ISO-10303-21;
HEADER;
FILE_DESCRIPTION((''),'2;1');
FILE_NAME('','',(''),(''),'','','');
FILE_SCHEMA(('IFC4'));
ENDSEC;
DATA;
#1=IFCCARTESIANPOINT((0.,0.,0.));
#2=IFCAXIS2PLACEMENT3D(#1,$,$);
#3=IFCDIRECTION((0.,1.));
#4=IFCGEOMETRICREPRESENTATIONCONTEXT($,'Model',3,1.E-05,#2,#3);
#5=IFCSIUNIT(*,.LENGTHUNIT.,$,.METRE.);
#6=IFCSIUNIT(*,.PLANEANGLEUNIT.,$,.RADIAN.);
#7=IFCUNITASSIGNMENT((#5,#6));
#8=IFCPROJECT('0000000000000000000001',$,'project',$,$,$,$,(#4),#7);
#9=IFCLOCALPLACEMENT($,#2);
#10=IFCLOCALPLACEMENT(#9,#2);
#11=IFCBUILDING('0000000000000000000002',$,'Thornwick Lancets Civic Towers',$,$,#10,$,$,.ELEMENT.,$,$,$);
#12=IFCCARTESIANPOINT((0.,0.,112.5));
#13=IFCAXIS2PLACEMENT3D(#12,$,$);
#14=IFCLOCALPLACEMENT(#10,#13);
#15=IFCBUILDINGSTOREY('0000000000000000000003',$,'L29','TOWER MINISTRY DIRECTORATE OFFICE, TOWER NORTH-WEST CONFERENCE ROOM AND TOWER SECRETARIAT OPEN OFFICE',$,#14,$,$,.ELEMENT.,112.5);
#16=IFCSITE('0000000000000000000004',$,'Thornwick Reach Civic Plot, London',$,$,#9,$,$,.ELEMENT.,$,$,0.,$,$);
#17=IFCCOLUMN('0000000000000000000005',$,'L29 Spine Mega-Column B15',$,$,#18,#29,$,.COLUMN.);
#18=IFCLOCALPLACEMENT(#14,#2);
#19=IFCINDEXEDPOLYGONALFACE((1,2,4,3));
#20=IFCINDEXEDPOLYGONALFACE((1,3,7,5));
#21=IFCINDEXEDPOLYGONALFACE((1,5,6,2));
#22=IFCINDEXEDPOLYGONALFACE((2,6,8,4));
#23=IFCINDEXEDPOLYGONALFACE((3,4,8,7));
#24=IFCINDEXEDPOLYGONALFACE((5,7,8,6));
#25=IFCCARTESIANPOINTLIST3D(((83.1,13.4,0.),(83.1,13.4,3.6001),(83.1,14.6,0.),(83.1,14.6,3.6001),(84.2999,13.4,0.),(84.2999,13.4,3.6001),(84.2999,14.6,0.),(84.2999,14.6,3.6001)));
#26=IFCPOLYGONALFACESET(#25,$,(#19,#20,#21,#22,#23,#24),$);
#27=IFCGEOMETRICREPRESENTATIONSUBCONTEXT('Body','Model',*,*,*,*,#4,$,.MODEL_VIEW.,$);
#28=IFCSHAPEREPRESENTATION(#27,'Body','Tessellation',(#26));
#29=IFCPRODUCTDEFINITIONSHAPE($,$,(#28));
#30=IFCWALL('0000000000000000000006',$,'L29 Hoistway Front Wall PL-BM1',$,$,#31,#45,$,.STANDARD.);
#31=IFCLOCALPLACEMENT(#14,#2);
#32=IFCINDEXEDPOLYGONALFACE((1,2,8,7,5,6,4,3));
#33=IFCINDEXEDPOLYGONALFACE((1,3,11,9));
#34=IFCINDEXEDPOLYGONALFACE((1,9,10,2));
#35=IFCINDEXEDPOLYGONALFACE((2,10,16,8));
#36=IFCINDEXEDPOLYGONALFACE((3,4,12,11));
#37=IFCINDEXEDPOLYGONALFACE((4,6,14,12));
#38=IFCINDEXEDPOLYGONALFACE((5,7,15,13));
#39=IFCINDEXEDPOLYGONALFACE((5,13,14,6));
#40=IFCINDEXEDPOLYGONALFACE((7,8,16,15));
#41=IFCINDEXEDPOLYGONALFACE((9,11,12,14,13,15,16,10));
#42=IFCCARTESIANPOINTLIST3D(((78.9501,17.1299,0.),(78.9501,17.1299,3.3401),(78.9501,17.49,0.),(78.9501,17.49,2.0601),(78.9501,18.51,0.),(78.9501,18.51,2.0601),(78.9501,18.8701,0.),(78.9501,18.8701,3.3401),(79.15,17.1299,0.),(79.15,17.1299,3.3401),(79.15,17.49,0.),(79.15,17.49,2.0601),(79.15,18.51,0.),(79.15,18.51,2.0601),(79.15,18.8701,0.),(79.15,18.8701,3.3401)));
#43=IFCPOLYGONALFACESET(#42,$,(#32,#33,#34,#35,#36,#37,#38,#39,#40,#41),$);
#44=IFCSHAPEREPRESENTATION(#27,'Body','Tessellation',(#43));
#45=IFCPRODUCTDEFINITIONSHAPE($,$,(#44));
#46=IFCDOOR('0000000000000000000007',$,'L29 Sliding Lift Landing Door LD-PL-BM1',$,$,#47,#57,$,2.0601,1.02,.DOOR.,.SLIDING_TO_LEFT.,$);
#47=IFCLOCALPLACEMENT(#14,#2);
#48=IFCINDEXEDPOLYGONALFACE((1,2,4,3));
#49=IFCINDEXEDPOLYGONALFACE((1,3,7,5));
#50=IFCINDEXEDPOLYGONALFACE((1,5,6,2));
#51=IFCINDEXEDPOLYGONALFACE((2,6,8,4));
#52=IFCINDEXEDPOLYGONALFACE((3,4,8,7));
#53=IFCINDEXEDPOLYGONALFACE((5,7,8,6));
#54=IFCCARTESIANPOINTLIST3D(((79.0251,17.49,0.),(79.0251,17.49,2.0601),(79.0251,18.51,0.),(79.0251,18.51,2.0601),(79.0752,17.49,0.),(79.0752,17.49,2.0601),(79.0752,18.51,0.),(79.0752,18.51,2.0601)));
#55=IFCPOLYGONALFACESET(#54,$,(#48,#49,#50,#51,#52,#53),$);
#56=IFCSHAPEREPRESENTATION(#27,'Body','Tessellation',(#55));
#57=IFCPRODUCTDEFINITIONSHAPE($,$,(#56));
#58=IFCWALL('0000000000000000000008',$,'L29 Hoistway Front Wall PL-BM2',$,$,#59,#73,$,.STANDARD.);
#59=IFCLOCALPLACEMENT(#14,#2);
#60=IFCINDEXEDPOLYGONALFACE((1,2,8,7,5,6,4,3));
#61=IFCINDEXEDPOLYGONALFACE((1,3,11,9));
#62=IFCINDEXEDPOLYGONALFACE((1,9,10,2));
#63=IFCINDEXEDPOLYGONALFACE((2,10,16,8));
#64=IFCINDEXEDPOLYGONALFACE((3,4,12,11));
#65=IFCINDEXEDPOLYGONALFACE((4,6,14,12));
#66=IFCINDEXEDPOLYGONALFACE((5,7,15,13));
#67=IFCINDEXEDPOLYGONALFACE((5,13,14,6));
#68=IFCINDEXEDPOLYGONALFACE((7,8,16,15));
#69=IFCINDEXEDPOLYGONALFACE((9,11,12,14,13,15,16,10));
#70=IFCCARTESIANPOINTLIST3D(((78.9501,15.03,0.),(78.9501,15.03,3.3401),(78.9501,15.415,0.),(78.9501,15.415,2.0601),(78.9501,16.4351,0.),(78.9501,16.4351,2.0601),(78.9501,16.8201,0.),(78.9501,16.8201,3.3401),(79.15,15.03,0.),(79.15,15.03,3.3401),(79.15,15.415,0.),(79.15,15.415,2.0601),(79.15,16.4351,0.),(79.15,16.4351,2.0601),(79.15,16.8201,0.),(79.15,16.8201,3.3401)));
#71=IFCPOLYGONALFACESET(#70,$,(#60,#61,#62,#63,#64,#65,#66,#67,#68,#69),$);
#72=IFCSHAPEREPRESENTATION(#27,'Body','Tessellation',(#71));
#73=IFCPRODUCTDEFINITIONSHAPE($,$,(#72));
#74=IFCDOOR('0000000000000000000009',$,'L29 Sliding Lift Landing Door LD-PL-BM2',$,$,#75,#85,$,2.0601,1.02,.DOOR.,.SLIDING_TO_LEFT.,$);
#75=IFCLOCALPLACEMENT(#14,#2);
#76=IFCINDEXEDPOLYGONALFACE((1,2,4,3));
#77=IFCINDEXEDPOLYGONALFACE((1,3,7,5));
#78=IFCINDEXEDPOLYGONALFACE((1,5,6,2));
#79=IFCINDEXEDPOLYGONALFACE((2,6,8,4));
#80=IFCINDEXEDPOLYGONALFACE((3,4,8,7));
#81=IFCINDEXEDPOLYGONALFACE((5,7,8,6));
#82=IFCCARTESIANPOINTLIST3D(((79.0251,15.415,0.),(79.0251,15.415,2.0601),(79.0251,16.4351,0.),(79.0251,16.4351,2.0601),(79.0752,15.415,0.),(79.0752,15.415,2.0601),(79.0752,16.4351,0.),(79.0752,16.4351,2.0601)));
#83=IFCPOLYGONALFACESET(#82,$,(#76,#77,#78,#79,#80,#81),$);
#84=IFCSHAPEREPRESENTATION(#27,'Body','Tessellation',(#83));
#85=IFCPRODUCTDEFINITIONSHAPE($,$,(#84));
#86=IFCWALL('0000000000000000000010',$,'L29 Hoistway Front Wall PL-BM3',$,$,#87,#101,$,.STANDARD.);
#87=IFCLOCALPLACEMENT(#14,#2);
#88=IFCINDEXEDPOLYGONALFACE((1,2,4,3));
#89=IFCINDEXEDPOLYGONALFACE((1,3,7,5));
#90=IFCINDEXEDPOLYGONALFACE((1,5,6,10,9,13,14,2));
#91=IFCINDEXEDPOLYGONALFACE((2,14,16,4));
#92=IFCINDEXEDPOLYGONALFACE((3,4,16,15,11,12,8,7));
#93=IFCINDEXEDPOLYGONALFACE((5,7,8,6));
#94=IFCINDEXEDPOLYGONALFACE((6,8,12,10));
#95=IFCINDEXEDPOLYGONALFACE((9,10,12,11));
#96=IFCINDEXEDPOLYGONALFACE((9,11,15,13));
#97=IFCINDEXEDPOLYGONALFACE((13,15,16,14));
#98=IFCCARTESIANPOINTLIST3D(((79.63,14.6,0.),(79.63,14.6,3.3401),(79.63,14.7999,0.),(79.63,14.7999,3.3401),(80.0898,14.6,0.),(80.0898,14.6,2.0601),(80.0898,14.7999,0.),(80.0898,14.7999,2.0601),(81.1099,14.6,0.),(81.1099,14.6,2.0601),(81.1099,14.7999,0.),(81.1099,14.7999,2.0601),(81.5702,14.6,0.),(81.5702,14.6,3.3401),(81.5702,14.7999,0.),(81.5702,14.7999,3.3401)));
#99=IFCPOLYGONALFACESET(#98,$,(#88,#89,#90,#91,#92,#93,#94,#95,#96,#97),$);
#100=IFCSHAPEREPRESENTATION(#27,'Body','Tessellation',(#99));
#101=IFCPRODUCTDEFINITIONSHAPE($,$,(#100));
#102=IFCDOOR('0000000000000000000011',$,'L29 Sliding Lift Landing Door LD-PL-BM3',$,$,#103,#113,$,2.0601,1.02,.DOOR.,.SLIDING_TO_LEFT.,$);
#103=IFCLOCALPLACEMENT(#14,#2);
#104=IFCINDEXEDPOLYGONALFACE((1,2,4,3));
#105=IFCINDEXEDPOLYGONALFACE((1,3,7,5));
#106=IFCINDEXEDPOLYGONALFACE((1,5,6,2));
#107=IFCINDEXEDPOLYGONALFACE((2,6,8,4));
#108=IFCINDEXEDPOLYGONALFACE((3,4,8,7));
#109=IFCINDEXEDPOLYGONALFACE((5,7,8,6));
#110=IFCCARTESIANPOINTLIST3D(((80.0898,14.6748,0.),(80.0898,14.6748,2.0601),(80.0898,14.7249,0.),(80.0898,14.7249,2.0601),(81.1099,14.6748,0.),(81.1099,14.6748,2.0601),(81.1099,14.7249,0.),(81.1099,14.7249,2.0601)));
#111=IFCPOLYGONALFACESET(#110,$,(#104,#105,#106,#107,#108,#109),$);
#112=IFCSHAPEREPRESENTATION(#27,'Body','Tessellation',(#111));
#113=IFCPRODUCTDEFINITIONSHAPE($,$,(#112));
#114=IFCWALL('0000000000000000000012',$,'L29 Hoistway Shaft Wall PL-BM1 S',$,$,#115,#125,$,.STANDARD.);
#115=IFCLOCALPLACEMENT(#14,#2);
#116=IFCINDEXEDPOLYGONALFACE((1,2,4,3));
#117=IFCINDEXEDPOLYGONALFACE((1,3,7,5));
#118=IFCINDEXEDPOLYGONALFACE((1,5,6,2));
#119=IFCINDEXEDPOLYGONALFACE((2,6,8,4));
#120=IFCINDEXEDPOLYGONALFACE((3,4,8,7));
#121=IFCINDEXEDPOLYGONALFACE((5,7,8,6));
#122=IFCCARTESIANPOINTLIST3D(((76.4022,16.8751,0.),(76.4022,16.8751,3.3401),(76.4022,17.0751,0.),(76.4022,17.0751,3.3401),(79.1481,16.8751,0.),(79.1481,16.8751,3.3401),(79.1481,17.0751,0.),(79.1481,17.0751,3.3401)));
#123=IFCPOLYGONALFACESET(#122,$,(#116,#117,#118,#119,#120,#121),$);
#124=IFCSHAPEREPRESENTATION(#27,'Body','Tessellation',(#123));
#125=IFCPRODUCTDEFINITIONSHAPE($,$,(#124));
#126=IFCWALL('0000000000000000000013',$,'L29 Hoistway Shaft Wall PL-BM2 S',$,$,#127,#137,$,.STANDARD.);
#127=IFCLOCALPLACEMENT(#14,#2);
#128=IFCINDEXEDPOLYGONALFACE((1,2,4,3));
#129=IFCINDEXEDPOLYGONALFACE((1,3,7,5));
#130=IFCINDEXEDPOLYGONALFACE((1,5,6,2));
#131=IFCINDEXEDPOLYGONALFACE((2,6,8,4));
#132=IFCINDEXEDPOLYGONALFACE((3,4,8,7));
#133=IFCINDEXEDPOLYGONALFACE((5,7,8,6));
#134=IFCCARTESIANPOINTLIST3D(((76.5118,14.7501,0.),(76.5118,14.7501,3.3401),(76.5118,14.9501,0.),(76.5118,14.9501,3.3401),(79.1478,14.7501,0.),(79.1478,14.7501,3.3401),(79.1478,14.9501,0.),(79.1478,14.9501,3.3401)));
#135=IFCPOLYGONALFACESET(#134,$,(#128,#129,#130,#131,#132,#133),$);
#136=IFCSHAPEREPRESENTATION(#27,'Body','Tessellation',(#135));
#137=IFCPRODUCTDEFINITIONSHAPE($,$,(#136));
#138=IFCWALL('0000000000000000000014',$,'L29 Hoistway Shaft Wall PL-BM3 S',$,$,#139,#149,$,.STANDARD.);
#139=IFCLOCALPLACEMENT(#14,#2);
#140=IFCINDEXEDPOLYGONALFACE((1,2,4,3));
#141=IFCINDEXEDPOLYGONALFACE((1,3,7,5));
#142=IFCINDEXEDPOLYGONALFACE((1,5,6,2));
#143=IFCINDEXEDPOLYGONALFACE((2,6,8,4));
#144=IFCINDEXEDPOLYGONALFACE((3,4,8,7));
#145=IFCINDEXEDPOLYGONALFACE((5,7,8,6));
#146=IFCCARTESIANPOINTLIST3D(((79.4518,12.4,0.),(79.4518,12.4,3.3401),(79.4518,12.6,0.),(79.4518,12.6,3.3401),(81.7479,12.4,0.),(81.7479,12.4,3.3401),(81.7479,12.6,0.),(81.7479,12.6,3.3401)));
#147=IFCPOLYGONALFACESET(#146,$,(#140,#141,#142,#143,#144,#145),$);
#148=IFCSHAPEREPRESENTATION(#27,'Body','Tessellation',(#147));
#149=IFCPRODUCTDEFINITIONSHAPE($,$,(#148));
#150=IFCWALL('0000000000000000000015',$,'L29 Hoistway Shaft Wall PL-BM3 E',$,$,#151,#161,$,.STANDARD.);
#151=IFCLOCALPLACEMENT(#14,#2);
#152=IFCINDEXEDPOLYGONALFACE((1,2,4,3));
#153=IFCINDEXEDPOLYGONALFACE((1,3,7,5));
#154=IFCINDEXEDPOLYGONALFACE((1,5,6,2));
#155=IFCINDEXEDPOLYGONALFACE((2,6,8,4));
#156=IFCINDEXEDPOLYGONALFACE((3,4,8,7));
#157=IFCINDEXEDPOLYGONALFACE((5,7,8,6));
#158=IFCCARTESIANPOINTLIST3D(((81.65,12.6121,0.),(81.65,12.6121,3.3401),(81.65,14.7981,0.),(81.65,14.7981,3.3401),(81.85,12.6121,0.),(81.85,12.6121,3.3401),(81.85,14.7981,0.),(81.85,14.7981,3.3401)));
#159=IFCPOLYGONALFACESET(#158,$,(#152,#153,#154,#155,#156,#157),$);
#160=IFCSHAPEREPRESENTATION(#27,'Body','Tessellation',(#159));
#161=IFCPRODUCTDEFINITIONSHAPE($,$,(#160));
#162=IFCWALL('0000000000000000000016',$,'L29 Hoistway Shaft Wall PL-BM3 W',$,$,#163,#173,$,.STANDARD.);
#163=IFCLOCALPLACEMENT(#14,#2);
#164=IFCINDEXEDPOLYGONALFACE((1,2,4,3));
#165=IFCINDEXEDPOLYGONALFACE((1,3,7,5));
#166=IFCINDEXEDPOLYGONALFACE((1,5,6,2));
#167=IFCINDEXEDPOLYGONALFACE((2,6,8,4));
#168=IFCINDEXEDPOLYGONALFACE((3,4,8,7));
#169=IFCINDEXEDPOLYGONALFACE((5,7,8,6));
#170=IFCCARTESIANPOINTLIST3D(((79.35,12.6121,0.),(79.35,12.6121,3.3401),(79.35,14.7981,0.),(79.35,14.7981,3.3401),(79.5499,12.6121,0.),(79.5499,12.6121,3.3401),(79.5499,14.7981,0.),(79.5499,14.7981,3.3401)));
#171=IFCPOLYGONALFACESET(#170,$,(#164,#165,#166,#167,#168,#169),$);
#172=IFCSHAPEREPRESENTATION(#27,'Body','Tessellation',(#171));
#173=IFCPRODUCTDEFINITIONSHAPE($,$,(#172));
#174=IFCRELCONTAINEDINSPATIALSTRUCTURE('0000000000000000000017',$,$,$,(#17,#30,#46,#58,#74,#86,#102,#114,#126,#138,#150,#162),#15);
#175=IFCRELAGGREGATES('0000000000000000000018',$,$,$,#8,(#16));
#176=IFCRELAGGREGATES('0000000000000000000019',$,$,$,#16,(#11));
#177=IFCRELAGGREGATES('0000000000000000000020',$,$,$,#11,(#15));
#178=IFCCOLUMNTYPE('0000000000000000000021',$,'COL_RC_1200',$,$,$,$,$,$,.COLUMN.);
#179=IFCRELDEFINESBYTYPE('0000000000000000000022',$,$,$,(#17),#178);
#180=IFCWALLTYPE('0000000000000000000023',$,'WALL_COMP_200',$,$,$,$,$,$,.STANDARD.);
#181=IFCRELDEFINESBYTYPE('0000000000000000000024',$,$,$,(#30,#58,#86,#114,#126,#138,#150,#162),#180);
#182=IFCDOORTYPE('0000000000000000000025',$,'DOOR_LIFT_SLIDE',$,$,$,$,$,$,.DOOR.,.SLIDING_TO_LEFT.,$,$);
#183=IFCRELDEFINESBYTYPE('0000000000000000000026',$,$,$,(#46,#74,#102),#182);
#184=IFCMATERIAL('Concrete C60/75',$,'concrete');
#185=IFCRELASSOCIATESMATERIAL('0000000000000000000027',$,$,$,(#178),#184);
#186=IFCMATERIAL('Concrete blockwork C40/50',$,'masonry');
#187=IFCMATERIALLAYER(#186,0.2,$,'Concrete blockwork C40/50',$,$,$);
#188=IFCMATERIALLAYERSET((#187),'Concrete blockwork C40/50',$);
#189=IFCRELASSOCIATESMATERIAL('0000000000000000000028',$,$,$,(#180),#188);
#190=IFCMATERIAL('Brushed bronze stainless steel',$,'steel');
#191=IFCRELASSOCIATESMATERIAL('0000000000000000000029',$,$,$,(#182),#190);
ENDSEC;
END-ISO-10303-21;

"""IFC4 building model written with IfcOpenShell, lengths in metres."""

from ifc_helpers import new_model, si_unit, direction, frame, frame_2d, origin, origin_2d, place, context, subcontext, project, spatial, rectangle, extrude, material, layer, layer_set, material_profile, profile_set, type_object, element, fill, save


model = new_model("IFC4")

# Units and contexts
model_context = context("Model", 3, precision=1e-05, world=origin(), true_north=direction((0.0, 1.0)))
body_context = subcontext(model_context, "Body", "Model", "MODEL_VIEW")
ifc_project = project(units=[si_unit("LENGTHUNIT", "METRE"), si_unit("PLANEANGLEUNIT", "RADIAN")], contexts=[model_context])

# Site, building, storey
site_placement = place(None, origin())
site = spatial("IfcSite", under=ifc_project, at=site_placement, Name="Thornwick Reach Civic Plot, London", CompositionType="ELEMENT", RefElevation=0.0)
building_placement = place(site_placement, origin())
building = spatial("IfcBuilding", under=site, at=building_placement, Name="Thornwick Lancets Civic Towers", CompositionType="ELEMENT")
storey_placement = place(building_placement, frame((0.0, 0.0, 112.5)))
storey = spatial("IfcBuildingStorey", under=building, at=storey_placement, Name="L29", Description="TOWER MINISTRY DIRECTORATE OFFICE, TOWER NORTH-WEST CONFERENCE ROOM AND TOWER SECRETARIAT OPEN OFFICE", CompositionType="ELEMENT", Elevation=112.5)

# Column
ifc_material_1 = material(Name="Concrete C60/75", Category="concrete")
ifc_material_profile = material_profile(ifc_material_1, rectangle(XDim=1.2, YDim=1.2, at=origin_2d()), Name="RC 1200x1200")
ifc_profile_set = profile_set([ifc_material_profile], Name="Concrete C60/75")
column_type = type_object("IfcColumnType", Name="COL_RC_1200", PredefinedType="COLUMN", material=ifc_profile_set)
column_placement = place(storey_placement, frame((83.7, 14.0, 0.0), z_axis=(0.0, 0.0, 1.0), x_axis=(1.0, 0.0, 0.0)))
element("IfcColumn", 1, at=column_placement, inside=storey, type_object=column_type, Name="L29 Spine Mega-Column B15", PredefinedType="COLUMN", context=body_context, shape_type="SweptSolid", body=[
    extrude(rectangle(XDim=1.2, YDim=1.2, at=origin_2d()), origin(), (0.0, 0.0, 1.0), 3.6001),
])

# Walls, openings, doors
ifc_material_2 = material(Name="Concrete blockwork C40/50", Category="masonry")
ifc_layer_1 = layer(ifc_material_2, 0.2, Name="Concrete blockwork C40/50")
ifc_layer_set_1 = layer_set([ifc_layer_1], Name="Concrete blockwork C40/50")
wall_type_1 = type_object("IfcWallType", Name="WALL_COMP_200", PredefinedType="STANDARD", material=ifc_layer_set_1)
wall_1_placement = place(storey_placement, frame((79.05, 17.1299, 0.0), z_axis=(0.0, 0.0, 1.0), x_axis=(0.0, 1.0, 0.0)))
wall_1 = element("IfcWall", 2, at=wall_1_placement, inside=storey, type_object=wall_type_1, Name="L29 Hoistway Front Wall PL-BM1", PredefinedType="STANDARD", context=body_context, shape_type="SweptSolid", body=[
    extrude(rectangle(XDim=1.7402, YDim=0.2, at=frame_2d((0.8701, 0.0))), origin(), (0.0, 0.0, 1.0), 3.3401),
])
opening_1_placement = place(wall_1_placement, frame((0.3601, 0.0, 0.0)))
opening_1 = element("IfcOpeningElement", 3, at=opening_1_placement, cuts=wall_1, PredefinedType="OPENING", context=body_context, shape_type="SweptSolid", body=[
    extrude(rectangle(XDim=1.02, YDim=2.0601, at=frame_2d((0.51, 1.03))), frame((0.0, 0.1099, 0.0), z_axis=(0.0, -1.0, 0.0), x_axis=(1.0, 0.0, 0.0)), (0.0, 0.0, 1.0), 0.22),
])
ifc_material_3 = material(Name="Brushed bronze stainless steel", Category="steel")
door_type_1 = type_object("IfcDoorType", Name="DOOR_LIFT_SLIDE", OperationType="SLIDING_TO_LEFT", PredefinedType="DOOR", material=ifc_material_3)
door_1_placement = place(opening_1_placement, origin())
door_1 = element("IfcDoor", 4, at=door_1_placement, inside=storey, type_object=door_type_1, Name="L29 Sliding Lift Landing Door LD-PL-BM1", OperationType="SLIDING_TO_LEFT", OverallHeight=2.0601, OverallWidth=1.02, PredefinedType="DOOR", context=body_context, shape_type="SweptSolid", body=[
    extrude(rectangle(XDim=1.02, YDim=2.0601, at=frame_2d((0.51, 1.03))), frame((0.0, 0.0249, 0.0), z_axis=(0.0, -1.0, 0.0), x_axis=(1.0, 0.0, 0.0)), (0.0, 0.0, 1.0), 0.05),
])
fill(opening_1, door_1)
wall_2_placement = place(storey_placement, frame((79.05, 15.03, 0.0), z_axis=(0.0, 0.0, 1.0), x_axis=(0.0, 1.0, 0.0)))
wall_2 = element("IfcWall", 5, at=wall_2_placement, inside=storey, type_object=wall_type_1, Name="L29 Hoistway Front Wall PL-BM2", PredefinedType="STANDARD", context=body_context, shape_type="SweptSolid", body=[
    extrude(rectangle(XDim=1.79, YDim=0.2, at=frame_2d((0.895, 0.0))), origin(), (0.0, 0.0, 1.0), 3.3401),
])
opening_2_placement = place(wall_2_placement, frame((0.385, 0.0, 0.0)))
opening_2 = element("IfcOpeningElement", 6, at=opening_2_placement, cuts=wall_2, PredefinedType="OPENING", context=body_context, shape_type="SweptSolid", body=[
    extrude(rectangle(XDim=1.02, YDim=2.0601, at=frame_2d((0.51, 1.03))), frame((0.0, 0.1099, 0.0), z_axis=(0.0, -1.0, 0.0), x_axis=(1.0, 0.0, 0.0)), (0.0, 0.0, 1.0), 0.22),
])
door_2_placement = place(opening_2_placement, origin())
door_2 = element("IfcDoor", 7, at=door_2_placement, inside=storey, type_object=door_type_1, Name="L29 Sliding Lift Landing Door LD-PL-BM2", OperationType="SLIDING_TO_LEFT", OverallHeight=2.0601, OverallWidth=1.02, PredefinedType="DOOR", context=body_context, shape_type="SweptSolid", body=[
    extrude(rectangle(XDim=1.02, YDim=2.0601, at=frame_2d((0.51, 1.03))), frame((0.0, 0.0249, 0.0), z_axis=(0.0, -1.0, 0.0), x_axis=(1.0, 0.0, 0.0)), (0.0, 0.0, 1.0), 0.05),
])
fill(opening_2, door_2)
wall_3_placement = place(storey_placement, frame((79.6299, 14.7, 0.0), z_axis=(0.0, 0.0, 1.0), x_axis=(1.0, 0.0, 0.0)))
wall_3 = element("IfcWall", 8, at=wall_3_placement, inside=storey, type_object=wall_type_1, Name="L29 Hoistway Front Wall PL-BM3", PredefinedType="STANDARD", context=body_context, shape_type="SweptSolid", body=[
    extrude(rectangle(XDim=1.9402, YDim=0.2, at=frame_2d((0.9702, 0.0))), origin(), (0.0, 0.0, 1.0), 3.3401),
])
opening_3_placement = place(wall_3_placement, frame((0.46, 0.0, 0.0)))
opening_3 = element("IfcOpeningElement", 9, at=opening_3_placement, cuts=wall_3, PredefinedType="OPENING", context=body_context, shape_type="SweptSolid", body=[
    extrude(rectangle(XDim=1.02, YDim=2.0601, at=frame_2d((0.51, 1.03))), frame((0.0, 0.1099, 0.0), z_axis=(0.0, -1.0, 0.0), x_axis=(1.0, 0.0, 0.0)), (0.0, 0.0, 1.0), 0.22),
])
door_3_placement = place(opening_3_placement, origin())
door_3 = element("IfcDoor", 10, at=door_3_placement, inside=storey, type_object=door_type_1, Name="L29 Sliding Lift Landing Door LD-PL-BM3", OperationType="SLIDING_TO_LEFT", OverallHeight=2.0601, OverallWidth=1.02, PredefinedType="DOOR", context=body_context, shape_type="SweptSolid", body=[
    extrude(rectangle(XDim=1.02, YDim=2.0601, at=frame_2d((0.51, 1.03))), frame((0.0, 0.0249, 0.0), z_axis=(0.0, -1.0, 0.0), x_axis=(1.0, 0.0, 0.0)), (0.0, 0.0, 1.0), 0.05),
])
fill(opening_3, door_3)

# Walls
wall_4_placement = place(storey_placement, frame((76.4021, 16.9751, 0.0), z_axis=(0.0, 0.0, 1.0), x_axis=(1.0, 0.0, 0.0)))
element("IfcWall", 11, at=wall_4_placement, inside=storey, type_object=wall_type_1, Name="L29 Hoistway Shaft Wall PL-BM1 S", PredefinedType="STANDARD", context=body_context, shape_type="SweptSolid", body=[
    extrude(rectangle(XDim=2.7458, YDim=0.2, at=frame_2d((1.373, 0.0))), origin(), (0.0, 0.0, 1.0), 3.3401),
])
wall_5_placement = place(storey_placement, frame((76.512, 14.8501, 0.0), z_axis=(0.0, 0.0, 1.0), x_axis=(1.0, 0.0, 0.0)))
element("IfcWall", 12, at=wall_5_placement, inside=storey, type_object=wall_type_1, Name="L29 Hoistway Shaft Wall PL-BM2 S", PredefinedType="STANDARD", context=body_context, shape_type="SweptSolid", body=[
    extrude(rectangle(XDim=2.636, YDim=0.2, at=frame_2d((1.3179, 0.0))), origin(), (0.0, 0.0, 1.0), 3.3401),
])
wall_6_placement = place(storey_placement, frame((79.4519, 12.5, 0.0), z_axis=(0.0, 0.0, 1.0), x_axis=(1.0, 0.0, 0.0)))
element("IfcWall", 13, at=wall_6_placement, inside=storey, type_object=wall_type_1, Name="L29 Hoistway Shaft Wall PL-BM3 S", PredefinedType="STANDARD", context=body_context, shape_type="SweptSolid", body=[
    extrude(rectangle(XDim=2.2961, YDim=0.2, at=frame_2d((1.1479, 0.0))), origin(), (0.0, 0.0, 1.0), 3.3401),
])
for number, where, z_axis, x_axis, name in (
    (14, (81.75, 12.6121, 0.0), (0.0, 0.0, 1.0), (0.0, 1.0, 0.0), "L29 Hoistway Shaft Wall PL-BM3 E"),
    (15, (79.45, 12.6121, 0.0), (0.0, 0.0, 1.0), (0.0, 1.0, 0.0), "L29 Hoistway Shaft Wall PL-BM3 W"),
):
    element("IfcWall", number, at=place(storey_placement, frame(where, z_axis=z_axis, x_axis=x_axis)), inside=storey, type_object=wall_type_1, Name=name, PredefinedType="STANDARD", context=body_context, shape_type="SweptSolid", body=[
        extrude(rectangle(XDim=2.186, YDim=0.2, at=frame_2d((1.093, 0.0))), origin(), (0.0, 0.0, 1.0), 3.3401),
    ])

save(model, "model.ifc")
